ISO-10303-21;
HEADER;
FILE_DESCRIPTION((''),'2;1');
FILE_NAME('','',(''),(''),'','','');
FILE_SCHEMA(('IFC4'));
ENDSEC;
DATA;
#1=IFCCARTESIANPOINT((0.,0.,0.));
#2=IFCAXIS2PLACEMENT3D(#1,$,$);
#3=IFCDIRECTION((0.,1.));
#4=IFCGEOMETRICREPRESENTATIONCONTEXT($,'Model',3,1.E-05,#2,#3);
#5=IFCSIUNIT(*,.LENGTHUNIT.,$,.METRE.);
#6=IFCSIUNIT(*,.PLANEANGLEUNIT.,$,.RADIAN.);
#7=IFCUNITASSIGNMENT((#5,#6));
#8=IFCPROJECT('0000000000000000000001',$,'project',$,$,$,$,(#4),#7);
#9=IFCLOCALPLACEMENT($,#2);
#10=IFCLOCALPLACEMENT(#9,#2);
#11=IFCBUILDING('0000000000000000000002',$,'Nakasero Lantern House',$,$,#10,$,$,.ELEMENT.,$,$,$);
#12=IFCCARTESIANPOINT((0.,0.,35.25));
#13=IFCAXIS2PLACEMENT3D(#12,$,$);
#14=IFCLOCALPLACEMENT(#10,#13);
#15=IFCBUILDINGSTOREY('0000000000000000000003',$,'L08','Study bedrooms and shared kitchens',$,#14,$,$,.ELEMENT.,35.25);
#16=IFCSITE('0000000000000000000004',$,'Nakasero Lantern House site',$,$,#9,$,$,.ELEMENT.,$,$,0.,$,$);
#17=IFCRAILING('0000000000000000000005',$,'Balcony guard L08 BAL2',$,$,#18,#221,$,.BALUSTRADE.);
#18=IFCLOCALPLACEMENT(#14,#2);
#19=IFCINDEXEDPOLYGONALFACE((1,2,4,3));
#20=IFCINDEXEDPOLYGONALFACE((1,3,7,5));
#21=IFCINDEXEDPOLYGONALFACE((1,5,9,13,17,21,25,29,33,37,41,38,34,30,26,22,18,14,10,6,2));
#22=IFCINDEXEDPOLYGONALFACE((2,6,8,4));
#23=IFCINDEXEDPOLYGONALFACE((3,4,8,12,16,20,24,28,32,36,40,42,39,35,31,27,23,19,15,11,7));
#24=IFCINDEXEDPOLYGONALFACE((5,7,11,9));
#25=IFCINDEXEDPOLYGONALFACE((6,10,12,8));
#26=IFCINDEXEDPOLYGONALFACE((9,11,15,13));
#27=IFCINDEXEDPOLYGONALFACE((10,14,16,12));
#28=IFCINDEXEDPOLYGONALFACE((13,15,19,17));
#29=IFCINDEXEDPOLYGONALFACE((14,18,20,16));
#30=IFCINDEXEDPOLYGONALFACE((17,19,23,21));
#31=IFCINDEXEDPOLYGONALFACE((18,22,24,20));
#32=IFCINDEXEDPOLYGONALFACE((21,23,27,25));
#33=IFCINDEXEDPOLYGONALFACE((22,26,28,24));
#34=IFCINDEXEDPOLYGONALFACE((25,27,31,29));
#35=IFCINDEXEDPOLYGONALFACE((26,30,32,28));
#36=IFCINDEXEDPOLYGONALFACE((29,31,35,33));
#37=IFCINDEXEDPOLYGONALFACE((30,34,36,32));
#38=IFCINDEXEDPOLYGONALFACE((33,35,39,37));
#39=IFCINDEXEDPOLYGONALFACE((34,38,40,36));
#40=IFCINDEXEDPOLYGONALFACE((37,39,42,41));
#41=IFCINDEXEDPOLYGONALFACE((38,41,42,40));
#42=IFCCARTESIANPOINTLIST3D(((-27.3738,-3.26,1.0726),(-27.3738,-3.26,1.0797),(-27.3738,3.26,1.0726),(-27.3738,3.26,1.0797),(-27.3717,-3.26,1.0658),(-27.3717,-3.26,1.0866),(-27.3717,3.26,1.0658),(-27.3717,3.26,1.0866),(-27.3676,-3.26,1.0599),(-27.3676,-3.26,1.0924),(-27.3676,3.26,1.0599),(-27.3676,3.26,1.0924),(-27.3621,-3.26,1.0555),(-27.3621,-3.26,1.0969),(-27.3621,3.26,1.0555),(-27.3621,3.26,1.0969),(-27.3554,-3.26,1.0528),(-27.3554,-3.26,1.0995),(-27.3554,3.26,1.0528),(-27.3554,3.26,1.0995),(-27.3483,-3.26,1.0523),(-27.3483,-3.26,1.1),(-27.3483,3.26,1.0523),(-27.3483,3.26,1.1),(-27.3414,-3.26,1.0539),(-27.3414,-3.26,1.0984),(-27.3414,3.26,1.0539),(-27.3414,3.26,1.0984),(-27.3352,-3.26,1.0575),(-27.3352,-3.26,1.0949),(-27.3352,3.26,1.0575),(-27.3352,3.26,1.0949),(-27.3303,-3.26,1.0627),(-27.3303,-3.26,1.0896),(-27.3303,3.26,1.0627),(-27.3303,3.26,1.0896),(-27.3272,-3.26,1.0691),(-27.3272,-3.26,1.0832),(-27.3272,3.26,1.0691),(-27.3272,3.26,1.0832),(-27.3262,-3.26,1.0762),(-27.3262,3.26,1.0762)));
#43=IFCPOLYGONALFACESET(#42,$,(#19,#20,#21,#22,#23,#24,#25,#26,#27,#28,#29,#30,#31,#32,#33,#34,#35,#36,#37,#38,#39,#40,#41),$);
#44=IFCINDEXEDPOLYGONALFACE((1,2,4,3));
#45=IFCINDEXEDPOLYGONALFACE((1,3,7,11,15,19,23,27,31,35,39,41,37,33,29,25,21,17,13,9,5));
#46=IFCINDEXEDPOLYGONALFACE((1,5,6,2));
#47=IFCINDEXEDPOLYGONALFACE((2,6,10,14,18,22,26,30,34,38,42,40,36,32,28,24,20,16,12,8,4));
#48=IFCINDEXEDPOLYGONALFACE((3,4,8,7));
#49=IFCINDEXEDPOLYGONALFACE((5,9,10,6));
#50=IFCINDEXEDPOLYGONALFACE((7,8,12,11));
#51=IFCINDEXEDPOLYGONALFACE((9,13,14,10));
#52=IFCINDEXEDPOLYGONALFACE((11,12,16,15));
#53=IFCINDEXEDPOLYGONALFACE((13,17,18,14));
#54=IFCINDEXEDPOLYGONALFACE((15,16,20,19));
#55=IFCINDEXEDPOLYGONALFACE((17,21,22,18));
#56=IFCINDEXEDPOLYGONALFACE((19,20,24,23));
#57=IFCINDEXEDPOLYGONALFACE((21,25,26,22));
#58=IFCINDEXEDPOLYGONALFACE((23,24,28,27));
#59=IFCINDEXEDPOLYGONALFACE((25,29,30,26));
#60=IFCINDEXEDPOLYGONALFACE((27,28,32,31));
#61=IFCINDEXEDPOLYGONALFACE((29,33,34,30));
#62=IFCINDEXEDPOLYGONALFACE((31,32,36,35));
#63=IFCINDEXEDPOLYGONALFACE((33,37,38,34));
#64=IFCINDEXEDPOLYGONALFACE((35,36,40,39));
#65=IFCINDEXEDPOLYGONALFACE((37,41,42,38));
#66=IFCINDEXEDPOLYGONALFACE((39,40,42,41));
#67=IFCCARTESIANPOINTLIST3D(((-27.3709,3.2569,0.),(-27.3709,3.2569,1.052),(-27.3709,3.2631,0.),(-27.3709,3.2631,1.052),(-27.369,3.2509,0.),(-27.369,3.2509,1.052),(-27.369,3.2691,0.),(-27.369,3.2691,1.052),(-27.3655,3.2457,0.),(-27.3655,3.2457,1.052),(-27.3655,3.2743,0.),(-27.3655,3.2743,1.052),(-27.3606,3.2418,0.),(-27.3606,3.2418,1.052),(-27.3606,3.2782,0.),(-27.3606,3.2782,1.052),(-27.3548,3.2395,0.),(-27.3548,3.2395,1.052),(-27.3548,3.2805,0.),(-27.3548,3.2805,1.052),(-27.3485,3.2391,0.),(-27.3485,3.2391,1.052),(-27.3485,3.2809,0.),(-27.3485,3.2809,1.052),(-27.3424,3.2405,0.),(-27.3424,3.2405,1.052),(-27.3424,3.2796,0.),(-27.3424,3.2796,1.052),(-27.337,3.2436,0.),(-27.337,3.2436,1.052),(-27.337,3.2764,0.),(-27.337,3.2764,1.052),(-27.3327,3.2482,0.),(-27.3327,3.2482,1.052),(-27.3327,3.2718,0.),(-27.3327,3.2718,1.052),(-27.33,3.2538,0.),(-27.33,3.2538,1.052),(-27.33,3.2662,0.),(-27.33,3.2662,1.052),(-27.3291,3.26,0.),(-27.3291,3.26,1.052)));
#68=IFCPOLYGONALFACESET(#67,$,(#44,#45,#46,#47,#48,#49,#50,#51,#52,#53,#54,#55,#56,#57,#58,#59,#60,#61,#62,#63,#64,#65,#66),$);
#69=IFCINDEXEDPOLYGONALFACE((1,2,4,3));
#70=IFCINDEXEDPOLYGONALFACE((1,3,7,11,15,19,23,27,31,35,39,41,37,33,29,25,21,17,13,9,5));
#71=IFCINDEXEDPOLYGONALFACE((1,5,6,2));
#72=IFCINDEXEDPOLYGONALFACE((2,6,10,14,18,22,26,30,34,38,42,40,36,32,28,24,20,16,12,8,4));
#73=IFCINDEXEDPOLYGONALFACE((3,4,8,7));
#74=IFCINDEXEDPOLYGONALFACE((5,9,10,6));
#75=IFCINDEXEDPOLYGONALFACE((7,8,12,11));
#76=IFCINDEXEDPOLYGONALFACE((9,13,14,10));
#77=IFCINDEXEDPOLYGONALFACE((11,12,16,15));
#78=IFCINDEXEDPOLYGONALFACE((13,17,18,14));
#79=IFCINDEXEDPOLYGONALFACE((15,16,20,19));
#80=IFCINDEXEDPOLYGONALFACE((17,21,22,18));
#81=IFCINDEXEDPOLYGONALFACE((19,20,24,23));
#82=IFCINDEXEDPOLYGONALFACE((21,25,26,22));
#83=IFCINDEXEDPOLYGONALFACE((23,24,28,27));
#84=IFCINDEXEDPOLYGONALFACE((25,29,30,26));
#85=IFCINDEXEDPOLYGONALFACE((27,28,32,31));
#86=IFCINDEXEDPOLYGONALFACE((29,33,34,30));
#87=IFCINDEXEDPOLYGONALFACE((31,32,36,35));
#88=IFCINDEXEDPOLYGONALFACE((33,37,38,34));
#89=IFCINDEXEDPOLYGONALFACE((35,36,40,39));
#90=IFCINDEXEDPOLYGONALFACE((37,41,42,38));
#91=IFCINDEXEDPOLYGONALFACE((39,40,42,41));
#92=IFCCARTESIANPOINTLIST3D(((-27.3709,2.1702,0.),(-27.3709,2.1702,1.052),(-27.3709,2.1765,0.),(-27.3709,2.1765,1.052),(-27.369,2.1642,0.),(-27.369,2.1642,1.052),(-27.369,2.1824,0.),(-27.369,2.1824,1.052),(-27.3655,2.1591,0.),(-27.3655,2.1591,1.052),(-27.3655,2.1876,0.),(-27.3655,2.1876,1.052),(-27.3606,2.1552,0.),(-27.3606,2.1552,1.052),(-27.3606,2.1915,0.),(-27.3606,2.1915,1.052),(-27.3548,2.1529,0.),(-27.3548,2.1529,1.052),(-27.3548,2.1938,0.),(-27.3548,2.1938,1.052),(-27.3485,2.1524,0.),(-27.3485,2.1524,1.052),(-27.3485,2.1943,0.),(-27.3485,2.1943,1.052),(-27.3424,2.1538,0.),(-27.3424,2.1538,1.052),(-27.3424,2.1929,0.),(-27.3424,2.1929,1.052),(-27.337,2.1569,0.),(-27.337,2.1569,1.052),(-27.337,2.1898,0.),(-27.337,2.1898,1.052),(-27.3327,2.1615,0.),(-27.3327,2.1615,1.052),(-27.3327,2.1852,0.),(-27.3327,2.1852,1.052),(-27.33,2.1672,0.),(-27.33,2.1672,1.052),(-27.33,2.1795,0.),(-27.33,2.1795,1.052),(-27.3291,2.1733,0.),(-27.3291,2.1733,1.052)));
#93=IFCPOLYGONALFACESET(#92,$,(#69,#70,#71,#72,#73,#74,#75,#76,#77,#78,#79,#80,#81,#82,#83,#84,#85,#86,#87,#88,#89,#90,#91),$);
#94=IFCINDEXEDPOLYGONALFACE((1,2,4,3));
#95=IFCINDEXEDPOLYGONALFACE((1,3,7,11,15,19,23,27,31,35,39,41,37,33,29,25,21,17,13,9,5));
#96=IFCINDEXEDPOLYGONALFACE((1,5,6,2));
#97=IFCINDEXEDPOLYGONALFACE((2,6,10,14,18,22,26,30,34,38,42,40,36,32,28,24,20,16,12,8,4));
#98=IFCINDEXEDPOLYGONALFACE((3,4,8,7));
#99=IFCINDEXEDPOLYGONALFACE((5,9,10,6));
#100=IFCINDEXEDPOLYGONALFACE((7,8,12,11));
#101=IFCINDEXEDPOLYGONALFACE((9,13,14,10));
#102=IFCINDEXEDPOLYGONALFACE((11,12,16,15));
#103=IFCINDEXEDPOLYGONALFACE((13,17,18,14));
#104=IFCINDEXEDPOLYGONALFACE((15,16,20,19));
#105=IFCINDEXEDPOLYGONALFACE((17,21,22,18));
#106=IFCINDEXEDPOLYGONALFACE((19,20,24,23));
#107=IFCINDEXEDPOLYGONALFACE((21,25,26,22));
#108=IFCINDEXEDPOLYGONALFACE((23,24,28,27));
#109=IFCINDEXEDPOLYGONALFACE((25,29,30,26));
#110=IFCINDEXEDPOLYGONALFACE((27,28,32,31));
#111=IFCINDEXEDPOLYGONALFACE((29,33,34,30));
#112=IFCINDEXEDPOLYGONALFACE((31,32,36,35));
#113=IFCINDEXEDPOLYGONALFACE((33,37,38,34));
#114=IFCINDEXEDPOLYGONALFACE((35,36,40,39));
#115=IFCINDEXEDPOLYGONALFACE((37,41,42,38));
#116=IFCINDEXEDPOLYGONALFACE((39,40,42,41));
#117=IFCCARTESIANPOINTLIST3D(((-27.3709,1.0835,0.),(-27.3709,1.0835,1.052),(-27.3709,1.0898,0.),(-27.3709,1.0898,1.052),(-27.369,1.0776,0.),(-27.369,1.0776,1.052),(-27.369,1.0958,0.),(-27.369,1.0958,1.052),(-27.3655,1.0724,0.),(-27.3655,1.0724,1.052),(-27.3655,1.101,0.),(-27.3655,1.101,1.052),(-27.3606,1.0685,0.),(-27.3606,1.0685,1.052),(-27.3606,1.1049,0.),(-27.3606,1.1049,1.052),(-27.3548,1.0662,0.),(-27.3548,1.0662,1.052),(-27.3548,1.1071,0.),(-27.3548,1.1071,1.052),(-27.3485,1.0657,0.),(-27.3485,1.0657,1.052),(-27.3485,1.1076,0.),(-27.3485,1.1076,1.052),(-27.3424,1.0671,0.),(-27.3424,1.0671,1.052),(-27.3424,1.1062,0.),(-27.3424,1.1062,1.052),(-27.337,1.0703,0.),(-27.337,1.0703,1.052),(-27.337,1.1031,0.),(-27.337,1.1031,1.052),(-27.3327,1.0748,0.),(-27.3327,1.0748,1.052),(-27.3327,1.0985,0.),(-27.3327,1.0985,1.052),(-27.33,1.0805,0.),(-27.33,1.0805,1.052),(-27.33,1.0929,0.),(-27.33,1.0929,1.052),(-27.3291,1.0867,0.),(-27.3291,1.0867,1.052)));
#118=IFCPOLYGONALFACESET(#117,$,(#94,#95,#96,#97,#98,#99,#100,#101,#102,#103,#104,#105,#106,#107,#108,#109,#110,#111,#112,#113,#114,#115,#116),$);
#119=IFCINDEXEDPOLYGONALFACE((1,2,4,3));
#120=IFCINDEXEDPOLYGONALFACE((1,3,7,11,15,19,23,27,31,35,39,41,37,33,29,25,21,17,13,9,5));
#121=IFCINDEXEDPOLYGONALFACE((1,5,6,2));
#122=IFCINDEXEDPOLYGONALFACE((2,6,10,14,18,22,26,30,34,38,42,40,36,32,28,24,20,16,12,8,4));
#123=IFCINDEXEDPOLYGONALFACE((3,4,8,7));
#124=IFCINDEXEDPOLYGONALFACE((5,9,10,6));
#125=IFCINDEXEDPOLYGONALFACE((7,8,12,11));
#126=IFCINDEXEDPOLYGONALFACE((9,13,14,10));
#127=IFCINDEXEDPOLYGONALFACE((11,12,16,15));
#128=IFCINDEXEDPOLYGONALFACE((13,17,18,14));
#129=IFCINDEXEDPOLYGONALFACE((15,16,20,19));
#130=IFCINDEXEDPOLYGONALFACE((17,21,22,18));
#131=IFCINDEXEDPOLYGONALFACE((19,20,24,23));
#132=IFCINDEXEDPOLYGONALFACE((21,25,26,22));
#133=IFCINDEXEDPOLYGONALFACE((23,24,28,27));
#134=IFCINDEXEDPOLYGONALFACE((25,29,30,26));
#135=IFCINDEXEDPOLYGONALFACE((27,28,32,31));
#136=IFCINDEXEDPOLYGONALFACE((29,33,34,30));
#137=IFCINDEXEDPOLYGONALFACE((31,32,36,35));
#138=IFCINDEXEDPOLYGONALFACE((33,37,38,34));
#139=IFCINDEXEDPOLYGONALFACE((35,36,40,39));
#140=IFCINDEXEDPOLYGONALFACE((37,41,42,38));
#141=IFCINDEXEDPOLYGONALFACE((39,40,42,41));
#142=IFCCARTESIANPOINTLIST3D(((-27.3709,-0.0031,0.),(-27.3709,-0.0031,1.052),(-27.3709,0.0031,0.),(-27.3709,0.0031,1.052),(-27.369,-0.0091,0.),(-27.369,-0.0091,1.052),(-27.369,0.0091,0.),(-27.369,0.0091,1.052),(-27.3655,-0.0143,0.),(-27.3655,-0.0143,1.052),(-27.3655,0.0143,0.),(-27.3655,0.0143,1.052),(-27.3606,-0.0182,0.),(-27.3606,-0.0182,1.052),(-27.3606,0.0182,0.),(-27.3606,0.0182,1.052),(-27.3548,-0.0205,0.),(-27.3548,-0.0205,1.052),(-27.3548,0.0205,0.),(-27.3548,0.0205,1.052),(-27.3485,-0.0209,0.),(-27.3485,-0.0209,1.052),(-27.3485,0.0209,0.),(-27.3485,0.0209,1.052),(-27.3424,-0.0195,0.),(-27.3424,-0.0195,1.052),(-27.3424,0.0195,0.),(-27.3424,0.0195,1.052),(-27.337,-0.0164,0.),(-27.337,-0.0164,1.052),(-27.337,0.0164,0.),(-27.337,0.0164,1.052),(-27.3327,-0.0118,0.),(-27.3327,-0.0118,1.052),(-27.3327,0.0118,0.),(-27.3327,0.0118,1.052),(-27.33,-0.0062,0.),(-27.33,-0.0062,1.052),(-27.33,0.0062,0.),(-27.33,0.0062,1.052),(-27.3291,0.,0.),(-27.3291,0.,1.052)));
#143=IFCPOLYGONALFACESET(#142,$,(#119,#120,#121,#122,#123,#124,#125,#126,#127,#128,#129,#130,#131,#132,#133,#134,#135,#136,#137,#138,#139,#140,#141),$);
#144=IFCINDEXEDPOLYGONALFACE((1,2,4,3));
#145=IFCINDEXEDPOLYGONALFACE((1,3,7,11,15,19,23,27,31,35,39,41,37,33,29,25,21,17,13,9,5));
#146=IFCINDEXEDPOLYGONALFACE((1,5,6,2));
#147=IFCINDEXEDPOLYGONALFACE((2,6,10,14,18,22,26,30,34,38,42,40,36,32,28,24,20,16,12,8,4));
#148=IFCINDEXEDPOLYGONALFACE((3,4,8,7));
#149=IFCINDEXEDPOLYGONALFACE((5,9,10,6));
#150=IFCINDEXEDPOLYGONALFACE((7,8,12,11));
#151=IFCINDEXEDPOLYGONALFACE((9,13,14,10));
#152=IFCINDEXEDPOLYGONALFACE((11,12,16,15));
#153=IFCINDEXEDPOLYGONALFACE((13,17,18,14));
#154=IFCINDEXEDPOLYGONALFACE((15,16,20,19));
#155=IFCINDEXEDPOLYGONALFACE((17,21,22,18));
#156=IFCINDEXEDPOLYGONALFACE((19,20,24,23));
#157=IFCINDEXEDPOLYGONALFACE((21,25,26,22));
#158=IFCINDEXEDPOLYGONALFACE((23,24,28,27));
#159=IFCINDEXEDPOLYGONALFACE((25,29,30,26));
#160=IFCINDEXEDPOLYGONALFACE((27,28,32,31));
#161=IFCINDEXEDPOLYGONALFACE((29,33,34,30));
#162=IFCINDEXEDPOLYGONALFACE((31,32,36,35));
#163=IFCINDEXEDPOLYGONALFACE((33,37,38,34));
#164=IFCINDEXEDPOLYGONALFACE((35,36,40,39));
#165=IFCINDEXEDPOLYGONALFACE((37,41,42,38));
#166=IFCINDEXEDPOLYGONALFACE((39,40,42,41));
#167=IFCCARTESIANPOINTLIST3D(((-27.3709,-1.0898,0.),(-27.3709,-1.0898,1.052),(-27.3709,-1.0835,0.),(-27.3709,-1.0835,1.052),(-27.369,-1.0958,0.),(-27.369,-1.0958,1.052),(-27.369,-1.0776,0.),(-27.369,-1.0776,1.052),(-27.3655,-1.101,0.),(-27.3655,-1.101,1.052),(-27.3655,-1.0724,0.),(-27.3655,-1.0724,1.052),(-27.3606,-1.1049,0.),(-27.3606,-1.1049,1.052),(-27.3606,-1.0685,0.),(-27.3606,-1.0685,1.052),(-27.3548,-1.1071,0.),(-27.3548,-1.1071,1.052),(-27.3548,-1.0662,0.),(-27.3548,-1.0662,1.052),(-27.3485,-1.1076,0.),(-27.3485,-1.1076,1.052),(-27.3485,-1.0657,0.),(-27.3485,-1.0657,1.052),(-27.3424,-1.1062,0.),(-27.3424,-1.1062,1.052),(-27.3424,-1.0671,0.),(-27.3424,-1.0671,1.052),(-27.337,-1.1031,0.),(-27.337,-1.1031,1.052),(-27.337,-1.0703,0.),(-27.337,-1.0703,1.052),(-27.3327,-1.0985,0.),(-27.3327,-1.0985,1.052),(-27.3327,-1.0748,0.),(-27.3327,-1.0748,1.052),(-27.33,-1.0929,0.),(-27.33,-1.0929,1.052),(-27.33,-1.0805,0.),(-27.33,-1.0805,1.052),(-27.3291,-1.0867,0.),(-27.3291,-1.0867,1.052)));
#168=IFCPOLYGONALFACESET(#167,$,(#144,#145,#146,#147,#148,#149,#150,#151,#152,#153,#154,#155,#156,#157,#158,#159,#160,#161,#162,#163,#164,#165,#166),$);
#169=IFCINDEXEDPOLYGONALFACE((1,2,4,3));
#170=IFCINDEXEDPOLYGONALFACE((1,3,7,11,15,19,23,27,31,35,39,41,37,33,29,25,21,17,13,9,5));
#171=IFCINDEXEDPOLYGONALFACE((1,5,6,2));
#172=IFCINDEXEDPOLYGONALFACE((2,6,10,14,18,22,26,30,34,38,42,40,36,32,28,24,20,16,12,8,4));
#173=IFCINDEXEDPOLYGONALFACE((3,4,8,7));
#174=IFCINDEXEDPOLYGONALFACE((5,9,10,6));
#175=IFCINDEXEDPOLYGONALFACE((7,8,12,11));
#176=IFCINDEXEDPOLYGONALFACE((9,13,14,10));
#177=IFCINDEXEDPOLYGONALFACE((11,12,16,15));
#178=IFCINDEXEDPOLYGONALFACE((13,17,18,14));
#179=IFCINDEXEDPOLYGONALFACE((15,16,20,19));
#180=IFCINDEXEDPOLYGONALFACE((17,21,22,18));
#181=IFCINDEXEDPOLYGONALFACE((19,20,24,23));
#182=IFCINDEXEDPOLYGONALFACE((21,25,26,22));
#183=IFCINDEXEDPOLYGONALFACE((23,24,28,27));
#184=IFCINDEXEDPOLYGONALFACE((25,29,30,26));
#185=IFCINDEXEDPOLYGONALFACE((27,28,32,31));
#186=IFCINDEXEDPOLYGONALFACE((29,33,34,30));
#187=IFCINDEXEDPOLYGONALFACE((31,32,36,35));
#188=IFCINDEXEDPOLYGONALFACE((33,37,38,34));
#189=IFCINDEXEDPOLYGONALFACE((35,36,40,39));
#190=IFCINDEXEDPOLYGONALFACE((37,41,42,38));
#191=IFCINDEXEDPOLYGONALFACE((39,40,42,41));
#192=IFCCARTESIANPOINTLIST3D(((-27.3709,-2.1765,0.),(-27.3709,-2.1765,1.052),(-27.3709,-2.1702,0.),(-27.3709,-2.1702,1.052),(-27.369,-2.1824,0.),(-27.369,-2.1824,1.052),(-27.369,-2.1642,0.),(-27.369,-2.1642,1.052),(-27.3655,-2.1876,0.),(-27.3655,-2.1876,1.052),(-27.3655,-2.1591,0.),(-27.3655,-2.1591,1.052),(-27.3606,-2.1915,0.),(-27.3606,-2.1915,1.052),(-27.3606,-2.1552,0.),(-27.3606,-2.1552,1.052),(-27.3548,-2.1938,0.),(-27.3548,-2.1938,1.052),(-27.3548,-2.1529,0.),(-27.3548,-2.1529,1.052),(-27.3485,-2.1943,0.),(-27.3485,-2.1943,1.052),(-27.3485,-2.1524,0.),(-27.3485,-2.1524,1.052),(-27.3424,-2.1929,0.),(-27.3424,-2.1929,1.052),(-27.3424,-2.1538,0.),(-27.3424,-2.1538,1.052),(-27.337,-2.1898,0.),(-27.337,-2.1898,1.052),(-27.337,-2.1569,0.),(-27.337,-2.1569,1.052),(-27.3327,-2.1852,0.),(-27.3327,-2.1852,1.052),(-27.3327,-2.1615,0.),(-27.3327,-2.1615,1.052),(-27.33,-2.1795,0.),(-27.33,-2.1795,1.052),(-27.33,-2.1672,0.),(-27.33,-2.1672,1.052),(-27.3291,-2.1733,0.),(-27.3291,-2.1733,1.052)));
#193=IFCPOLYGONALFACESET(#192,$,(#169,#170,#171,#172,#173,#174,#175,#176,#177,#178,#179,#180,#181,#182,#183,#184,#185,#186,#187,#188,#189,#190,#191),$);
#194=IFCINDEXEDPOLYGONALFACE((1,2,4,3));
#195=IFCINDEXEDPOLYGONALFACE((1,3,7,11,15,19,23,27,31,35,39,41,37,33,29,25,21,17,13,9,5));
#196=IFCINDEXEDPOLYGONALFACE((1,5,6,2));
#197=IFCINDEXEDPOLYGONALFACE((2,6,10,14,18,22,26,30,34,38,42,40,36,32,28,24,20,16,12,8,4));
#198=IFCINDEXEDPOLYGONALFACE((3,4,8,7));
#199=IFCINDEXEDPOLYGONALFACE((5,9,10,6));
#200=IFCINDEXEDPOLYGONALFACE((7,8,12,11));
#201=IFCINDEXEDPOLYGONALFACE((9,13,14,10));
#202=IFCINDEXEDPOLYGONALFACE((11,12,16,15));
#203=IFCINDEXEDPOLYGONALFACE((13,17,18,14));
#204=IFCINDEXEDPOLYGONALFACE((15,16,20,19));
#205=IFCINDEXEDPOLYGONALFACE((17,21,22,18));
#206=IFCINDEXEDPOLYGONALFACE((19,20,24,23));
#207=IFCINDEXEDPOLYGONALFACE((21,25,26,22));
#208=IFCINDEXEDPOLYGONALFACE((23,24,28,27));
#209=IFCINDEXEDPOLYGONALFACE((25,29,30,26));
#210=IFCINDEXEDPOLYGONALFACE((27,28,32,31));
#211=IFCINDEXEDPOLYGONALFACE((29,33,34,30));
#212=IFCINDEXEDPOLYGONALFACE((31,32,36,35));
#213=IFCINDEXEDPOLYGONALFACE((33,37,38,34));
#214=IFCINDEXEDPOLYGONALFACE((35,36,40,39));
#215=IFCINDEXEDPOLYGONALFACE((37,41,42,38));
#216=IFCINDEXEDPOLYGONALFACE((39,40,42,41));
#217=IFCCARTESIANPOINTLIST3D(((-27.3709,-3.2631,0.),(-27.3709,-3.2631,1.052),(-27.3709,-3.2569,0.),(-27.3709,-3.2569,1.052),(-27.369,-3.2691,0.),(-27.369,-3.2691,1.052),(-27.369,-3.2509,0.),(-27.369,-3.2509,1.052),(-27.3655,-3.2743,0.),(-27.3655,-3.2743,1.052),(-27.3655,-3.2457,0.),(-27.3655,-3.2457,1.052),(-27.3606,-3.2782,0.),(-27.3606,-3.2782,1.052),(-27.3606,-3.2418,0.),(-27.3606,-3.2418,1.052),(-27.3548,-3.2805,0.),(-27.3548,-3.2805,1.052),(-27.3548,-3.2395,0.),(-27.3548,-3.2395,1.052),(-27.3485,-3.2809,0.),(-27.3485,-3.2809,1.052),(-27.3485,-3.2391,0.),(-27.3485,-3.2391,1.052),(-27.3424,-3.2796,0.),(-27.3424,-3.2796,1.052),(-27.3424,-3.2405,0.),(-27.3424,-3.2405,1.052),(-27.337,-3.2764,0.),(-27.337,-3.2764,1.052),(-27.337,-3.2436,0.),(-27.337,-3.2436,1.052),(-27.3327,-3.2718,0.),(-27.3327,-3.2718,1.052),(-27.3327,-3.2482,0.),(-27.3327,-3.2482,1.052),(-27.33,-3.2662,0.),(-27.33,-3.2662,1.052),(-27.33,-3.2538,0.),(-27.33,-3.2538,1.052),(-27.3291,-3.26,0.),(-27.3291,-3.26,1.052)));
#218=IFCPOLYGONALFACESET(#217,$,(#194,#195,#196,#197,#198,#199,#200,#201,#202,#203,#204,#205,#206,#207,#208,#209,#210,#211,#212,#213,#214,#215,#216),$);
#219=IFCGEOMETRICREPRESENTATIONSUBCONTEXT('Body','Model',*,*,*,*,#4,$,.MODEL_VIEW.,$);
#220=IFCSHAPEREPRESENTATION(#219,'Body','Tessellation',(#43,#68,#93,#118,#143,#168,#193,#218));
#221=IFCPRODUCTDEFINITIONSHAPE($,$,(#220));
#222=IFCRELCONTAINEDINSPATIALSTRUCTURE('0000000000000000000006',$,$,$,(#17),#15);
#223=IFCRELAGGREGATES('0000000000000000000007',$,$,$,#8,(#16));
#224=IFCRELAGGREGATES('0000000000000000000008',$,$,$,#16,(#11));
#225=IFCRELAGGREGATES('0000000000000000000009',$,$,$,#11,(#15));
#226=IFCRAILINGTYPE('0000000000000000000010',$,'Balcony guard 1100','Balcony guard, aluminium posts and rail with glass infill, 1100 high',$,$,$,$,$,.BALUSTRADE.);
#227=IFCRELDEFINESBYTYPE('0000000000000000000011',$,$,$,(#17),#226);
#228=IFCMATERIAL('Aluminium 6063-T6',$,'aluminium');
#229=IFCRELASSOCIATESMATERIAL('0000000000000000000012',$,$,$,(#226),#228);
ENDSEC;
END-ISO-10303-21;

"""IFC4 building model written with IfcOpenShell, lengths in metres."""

from ifc_helpers import new_model, si_unit, direction, frame, origin, origin_2d, place, context, subcontext, project, spatial, circle, extrude, material, type_object, element, save


model = new_model("IFC4")

# Units and contexts
model_context = context("Model", 3, precision=1e-05, world=origin(), true_north=direction((0.0, 1.0)))
body_context = subcontext(model_context, "Body", "Model", "MODEL_VIEW")
ifc_project = project(units=[si_unit("LENGTHUNIT", "METRE"), si_unit("PLANEANGLEUNIT", "RADIAN")], contexts=[model_context])

# Site, building, storey
site_placement = place(None, origin())
site = spatial("IfcSite", under=ifc_project, at=site_placement, Name="Nakasero Lantern House site", CompositionType="ELEMENT", RefElevation=0.0)
building_placement = place(site_placement, origin())
building = spatial("IfcBuilding", under=site, at=building_placement, Name="Nakasero Lantern House", CompositionType="ELEMENT")
storey_placement = place(building_placement, frame((0.0, 0.0, 35.25)))
storey = spatial("IfcBuildingStorey", under=building, at=storey_placement, Name="L08", Description="Study bedrooms and shared kitchens", CompositionType="ELEMENT", Elevation=35.25)

# Railing
ifc_material_1 = material(Name="Aluminium 6063-T6", Category="aluminium")
railing_type = type_object("IfcRailingType", Name="Balcony guard 1100", Description="Balcony guard, aluminium posts and rail with glass infill, 1100 high", PredefinedType="BALUSTRADE", material=ifc_material_1)
railing_placement = place(storey_placement, frame((-27.3501, 3.26, 0.0)))
element("IfcRailing", 1, at=railing_placement, inside=storey, type_object=railing_type, Name="Balcony guard L08 BAL2", PredefinedType="BALUSTRADE", context=body_context, shape_type="SweptSolid", body=[
    extrude(circle(Radius=0.0239, at=origin_2d()), frame((0.0, 0.0, 1.0762), z_axis=(0.0, -1.0, 0.0), x_axis=(1.0, 0.0, 0.0)), (0.0, 0.0, 1.0), 6.52),
    extrude(circle(Radius=0.021, at=origin_2d()), origin(), (0.0, 0.0, 1.0), 1.052),
    extrude(circle(Radius=0.021, at=origin_2d()), frame((0.0, -1.0867, 0.0)), (0.0, 0.0, 1.0), 1.052),
    extrude(circle(Radius=0.021, at=origin_2d()), frame((0.0, -2.1733, 0.0)), (0.0, 0.0, 1.0), 1.052),
    extrude(circle(Radius=0.021, at=origin_2d()), frame((0.0, -3.26, 0.0)), (0.0, 0.0, 1.0), 1.052),
    extrude(circle(Radius=0.021, at=origin_2d()), frame((0.0, -4.3467, 0.0)), (0.0, 0.0, 1.0), 1.052),
    extrude(circle(Radius=0.021, at=origin_2d()), frame((0.0, -5.4333, 0.0)), (0.0, 0.0, 1.0), 1.052),
    extrude(circle(Radius=0.021, at=origin_2d()), frame((0.0, -6.52, 0.0)), (0.0, 0.0, 1.0), 1.052),
])

save(model, "model.ifc")
